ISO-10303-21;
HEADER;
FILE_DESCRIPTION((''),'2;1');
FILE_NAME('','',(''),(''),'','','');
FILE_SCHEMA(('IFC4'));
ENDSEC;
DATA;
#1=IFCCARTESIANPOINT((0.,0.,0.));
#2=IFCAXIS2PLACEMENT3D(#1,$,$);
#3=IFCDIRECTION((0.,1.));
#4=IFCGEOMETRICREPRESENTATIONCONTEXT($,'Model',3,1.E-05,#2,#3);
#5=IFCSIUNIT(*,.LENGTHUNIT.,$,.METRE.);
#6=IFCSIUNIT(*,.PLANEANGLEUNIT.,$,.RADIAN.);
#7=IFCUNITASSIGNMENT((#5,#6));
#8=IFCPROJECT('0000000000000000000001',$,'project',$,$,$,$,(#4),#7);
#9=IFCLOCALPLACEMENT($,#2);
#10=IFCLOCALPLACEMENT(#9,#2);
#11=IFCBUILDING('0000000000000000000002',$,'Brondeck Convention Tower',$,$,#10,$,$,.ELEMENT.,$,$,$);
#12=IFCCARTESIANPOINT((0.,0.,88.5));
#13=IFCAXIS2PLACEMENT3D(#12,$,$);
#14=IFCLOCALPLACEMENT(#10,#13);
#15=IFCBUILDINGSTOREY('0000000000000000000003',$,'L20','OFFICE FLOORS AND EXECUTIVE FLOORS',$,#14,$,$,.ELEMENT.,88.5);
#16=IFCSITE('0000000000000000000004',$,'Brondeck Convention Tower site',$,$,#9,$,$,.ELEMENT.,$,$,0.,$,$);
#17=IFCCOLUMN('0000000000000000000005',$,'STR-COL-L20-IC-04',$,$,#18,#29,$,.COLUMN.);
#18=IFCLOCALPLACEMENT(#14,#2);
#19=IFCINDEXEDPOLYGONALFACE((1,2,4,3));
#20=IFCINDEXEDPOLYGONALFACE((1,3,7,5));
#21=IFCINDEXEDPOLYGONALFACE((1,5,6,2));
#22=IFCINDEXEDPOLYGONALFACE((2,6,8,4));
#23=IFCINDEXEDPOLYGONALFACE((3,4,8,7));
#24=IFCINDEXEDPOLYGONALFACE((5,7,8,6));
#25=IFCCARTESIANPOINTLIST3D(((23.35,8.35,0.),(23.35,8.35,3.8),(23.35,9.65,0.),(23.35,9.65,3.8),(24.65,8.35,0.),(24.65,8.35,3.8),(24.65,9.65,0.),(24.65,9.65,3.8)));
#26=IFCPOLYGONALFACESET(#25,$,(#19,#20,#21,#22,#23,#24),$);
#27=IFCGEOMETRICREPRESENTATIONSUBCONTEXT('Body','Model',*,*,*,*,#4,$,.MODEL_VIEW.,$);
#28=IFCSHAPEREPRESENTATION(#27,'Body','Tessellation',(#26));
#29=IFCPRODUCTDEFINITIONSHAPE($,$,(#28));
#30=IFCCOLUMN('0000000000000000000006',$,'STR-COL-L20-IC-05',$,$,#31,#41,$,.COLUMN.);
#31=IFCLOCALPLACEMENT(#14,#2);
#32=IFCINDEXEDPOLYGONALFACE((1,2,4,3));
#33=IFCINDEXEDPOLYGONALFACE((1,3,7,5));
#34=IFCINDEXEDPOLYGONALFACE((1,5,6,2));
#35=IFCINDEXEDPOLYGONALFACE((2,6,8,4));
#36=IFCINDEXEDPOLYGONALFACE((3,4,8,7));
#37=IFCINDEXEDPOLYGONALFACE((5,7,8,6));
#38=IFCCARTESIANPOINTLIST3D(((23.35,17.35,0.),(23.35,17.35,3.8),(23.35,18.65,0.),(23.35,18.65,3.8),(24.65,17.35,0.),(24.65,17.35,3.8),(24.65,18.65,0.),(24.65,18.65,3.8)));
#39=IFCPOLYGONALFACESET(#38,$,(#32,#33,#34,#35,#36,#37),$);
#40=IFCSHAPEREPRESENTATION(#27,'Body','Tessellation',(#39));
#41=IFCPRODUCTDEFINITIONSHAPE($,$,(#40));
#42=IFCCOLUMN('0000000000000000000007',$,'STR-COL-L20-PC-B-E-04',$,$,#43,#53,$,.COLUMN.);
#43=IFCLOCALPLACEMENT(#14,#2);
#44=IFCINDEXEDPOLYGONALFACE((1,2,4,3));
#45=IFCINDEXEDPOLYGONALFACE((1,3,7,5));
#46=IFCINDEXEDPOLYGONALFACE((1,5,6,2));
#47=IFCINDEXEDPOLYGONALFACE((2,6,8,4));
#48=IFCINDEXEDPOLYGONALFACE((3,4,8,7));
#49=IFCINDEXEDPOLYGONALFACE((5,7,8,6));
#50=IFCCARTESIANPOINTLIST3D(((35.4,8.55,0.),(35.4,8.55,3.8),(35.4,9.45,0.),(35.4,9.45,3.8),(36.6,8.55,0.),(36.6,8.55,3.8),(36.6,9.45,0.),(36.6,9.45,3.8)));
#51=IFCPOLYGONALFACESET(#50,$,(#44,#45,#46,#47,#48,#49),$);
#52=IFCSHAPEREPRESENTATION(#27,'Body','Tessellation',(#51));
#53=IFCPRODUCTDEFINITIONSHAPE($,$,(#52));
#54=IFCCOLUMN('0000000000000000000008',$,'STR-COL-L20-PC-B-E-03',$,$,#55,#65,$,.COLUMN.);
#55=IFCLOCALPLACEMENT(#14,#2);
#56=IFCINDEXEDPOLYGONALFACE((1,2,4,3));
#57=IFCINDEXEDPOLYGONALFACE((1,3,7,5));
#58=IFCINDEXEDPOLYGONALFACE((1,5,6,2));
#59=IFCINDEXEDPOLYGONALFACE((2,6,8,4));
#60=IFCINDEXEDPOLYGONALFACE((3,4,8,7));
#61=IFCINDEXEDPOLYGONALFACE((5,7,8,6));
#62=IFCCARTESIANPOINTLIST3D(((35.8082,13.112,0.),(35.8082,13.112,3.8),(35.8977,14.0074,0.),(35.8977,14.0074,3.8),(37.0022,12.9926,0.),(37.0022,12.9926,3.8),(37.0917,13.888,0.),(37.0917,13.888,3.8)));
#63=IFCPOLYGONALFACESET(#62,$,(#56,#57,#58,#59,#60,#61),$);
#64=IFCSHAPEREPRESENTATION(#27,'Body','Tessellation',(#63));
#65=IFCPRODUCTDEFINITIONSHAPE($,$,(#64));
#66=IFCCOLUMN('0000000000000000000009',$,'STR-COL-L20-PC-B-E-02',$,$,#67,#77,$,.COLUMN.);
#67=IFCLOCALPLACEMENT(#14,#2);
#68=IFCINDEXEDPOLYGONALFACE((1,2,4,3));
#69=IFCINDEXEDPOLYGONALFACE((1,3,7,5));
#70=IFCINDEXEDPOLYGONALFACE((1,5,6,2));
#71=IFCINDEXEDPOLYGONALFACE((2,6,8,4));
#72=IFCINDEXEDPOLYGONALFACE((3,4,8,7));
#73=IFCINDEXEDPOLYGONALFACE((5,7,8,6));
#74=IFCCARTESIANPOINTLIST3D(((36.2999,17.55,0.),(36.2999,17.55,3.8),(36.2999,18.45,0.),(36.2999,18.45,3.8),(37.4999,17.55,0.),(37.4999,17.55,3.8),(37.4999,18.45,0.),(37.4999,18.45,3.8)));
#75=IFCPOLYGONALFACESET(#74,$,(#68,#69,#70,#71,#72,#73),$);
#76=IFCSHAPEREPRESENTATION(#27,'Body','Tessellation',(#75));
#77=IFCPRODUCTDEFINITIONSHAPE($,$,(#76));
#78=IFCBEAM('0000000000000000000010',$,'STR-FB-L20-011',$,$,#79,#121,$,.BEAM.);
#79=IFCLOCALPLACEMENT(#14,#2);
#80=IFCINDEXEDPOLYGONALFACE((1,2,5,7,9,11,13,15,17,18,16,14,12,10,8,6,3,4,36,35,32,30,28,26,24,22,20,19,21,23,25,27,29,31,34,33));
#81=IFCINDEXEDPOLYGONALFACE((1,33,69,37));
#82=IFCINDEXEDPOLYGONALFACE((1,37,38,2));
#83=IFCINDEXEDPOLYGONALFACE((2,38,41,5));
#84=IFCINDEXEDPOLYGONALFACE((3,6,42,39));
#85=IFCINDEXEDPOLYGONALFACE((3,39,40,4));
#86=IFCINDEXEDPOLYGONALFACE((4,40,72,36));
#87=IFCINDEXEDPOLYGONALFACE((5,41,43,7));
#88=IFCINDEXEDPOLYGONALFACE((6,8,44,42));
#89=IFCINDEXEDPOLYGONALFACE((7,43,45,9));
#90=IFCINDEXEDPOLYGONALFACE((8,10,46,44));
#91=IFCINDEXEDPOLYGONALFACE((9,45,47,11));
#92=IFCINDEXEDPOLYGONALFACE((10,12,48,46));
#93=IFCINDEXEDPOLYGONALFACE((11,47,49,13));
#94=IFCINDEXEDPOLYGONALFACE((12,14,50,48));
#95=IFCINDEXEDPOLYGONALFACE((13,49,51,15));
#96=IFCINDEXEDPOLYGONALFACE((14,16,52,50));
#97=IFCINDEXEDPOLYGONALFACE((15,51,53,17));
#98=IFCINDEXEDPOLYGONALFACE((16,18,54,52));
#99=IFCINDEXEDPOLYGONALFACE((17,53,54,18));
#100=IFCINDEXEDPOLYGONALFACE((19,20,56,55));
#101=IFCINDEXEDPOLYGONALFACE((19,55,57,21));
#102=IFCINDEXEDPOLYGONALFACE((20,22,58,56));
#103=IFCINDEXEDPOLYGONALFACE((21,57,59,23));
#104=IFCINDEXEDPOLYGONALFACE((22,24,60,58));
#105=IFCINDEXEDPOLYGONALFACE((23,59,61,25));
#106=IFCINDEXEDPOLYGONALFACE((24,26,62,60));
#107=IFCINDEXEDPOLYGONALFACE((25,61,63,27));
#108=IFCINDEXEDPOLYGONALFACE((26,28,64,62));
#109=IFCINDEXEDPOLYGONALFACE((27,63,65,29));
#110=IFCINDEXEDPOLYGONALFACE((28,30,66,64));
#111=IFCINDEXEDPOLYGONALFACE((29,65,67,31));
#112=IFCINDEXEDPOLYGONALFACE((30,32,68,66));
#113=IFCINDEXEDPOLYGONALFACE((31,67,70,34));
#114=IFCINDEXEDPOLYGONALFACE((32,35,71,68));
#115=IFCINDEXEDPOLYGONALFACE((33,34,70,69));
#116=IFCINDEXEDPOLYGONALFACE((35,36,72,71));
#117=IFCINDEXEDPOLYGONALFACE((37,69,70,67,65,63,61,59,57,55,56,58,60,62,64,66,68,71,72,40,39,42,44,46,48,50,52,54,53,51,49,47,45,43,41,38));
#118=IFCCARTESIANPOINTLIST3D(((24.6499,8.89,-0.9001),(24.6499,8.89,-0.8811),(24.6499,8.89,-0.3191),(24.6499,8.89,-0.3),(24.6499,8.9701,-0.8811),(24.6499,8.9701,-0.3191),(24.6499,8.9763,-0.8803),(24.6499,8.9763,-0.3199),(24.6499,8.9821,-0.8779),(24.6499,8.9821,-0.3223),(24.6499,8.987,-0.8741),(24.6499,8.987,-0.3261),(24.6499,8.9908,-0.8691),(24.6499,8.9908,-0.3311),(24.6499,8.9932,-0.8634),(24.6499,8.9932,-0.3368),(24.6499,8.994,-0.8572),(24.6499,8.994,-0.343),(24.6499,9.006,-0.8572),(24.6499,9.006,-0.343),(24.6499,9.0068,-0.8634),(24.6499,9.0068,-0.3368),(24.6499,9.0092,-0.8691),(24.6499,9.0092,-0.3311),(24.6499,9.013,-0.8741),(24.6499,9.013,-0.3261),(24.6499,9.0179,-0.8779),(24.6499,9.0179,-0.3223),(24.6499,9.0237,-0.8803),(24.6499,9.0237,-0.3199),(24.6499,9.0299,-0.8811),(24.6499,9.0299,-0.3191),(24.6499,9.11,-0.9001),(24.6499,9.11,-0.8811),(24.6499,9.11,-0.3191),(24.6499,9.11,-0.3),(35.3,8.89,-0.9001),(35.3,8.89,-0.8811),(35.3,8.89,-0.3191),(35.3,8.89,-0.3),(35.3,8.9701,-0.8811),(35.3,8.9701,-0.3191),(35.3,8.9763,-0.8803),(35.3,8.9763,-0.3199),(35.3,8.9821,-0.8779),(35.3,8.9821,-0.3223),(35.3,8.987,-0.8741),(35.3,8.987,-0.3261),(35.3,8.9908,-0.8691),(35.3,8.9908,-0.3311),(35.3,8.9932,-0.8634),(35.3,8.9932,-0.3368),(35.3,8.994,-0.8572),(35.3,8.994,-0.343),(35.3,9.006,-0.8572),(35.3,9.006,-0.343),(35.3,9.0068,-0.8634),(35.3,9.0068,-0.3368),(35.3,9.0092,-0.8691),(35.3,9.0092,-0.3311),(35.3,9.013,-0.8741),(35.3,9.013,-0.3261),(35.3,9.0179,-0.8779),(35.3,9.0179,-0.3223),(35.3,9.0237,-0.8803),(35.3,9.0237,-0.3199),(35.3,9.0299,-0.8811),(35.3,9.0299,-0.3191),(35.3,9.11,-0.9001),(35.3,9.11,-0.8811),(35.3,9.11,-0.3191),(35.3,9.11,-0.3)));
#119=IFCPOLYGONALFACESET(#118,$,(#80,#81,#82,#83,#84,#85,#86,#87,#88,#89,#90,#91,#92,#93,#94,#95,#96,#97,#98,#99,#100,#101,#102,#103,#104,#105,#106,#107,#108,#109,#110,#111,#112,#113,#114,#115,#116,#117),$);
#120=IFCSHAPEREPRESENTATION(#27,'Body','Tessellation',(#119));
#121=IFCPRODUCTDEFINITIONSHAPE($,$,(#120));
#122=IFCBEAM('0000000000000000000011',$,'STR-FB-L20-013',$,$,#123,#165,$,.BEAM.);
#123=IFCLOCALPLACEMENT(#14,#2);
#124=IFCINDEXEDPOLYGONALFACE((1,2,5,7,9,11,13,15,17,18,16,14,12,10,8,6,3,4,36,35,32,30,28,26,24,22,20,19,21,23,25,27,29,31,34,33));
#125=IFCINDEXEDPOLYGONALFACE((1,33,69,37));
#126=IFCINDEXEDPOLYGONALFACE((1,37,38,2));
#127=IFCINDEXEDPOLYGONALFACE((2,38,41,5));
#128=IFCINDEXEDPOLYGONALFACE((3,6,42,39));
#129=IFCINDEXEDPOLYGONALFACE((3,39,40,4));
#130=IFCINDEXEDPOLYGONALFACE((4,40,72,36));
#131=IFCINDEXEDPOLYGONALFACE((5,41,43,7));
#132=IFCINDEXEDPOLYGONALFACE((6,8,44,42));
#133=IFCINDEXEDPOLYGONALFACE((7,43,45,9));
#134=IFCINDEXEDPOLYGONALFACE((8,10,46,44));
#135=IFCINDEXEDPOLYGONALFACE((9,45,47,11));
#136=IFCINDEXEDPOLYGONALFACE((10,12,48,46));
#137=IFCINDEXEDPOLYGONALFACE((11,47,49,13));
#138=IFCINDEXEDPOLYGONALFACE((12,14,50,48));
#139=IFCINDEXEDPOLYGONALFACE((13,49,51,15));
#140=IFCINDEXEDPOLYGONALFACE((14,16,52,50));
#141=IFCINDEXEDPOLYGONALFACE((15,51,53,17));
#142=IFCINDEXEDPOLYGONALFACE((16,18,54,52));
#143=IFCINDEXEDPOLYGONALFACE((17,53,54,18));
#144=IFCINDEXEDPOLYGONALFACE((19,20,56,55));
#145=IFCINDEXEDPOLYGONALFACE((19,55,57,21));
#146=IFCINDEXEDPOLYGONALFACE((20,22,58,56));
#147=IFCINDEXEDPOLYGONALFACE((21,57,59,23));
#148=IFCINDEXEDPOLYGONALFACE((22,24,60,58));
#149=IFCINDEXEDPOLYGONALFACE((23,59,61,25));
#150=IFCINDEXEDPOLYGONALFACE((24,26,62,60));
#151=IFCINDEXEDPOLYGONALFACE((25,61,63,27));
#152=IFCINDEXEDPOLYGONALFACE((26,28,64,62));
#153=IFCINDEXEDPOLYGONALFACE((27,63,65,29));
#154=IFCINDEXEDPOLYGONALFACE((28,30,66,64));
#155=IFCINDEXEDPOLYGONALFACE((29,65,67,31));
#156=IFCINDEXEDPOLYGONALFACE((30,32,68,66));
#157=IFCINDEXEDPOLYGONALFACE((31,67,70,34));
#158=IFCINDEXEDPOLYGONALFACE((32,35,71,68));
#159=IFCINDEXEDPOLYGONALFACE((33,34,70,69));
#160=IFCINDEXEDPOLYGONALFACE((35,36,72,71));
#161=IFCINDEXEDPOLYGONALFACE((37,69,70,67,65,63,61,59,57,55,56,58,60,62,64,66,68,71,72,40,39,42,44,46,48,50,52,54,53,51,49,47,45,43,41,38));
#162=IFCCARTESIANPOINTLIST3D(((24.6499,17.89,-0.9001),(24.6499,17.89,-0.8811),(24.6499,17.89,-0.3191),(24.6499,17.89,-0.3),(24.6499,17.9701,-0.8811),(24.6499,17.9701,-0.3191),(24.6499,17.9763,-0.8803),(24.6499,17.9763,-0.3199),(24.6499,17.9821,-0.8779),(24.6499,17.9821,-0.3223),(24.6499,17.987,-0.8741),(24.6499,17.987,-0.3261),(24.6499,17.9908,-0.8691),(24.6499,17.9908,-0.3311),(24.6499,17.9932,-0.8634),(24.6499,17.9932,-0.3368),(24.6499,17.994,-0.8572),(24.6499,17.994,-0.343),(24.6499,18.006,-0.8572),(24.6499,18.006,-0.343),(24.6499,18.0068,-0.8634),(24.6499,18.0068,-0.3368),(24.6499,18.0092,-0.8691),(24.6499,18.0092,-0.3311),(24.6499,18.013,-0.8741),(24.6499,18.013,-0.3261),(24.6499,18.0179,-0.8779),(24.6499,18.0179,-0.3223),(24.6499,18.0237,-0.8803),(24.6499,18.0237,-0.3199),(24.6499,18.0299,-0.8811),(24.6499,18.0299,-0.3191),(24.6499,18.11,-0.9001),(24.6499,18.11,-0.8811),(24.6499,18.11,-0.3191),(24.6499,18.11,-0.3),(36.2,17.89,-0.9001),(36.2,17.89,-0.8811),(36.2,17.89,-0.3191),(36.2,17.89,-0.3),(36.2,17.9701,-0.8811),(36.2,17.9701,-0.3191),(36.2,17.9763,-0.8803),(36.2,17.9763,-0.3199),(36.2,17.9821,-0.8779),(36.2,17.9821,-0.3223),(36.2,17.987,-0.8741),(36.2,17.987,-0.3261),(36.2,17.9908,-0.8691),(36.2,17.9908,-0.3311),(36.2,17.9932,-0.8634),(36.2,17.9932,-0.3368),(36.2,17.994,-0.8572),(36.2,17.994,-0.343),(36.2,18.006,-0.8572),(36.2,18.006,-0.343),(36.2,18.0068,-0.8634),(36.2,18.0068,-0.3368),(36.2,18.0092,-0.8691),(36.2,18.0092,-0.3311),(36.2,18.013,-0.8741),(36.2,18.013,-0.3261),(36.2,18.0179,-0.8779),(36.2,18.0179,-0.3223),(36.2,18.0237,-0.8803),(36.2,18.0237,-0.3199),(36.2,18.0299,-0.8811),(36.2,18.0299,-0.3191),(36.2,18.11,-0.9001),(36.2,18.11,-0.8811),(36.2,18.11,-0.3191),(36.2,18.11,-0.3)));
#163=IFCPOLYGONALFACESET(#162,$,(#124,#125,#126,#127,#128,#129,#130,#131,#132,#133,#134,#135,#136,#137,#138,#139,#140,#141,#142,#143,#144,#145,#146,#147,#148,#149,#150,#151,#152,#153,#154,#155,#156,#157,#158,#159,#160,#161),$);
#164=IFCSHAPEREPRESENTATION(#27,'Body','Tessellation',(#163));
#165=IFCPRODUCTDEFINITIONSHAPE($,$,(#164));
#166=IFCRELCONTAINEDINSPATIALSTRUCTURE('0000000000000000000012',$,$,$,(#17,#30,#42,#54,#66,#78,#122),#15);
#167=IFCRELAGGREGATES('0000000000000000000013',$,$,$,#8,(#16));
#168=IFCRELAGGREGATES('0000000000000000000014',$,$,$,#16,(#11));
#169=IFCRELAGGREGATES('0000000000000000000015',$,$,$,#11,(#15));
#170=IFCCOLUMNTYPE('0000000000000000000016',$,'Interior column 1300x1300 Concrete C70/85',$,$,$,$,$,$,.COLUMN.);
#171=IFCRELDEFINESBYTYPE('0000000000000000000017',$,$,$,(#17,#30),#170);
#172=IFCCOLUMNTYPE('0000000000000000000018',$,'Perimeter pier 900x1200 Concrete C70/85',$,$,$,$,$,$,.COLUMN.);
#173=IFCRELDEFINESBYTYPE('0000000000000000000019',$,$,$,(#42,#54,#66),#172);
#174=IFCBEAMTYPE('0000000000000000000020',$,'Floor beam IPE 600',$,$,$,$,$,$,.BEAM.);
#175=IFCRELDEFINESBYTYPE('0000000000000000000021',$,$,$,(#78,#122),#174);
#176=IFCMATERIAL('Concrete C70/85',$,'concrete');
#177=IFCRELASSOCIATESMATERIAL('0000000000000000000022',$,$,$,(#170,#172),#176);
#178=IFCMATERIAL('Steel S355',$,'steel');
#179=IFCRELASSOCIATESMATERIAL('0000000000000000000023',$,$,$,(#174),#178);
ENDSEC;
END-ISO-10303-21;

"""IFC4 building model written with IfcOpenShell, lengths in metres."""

from ifc_helpers import new_model, si_unit, direction, frame, origin, origin_2d, place, context, subcontext, project, spatial, rectangle, i_section, extrude, material, material_profile, profile_set, type_object, element, save


model = new_model("IFC4")

# Units and contexts
model_context = context("Model", 3, precision=1e-05, world=origin(), true_north=direction((0.0, 1.0)))
body_context = subcontext(model_context, "Body", "Model", "MODEL_VIEW")
ifc_project = project(units=[si_unit("LENGTHUNIT", "METRE"), si_unit("PLANEANGLEUNIT", "RADIAN")], contexts=[model_context])

# Site, building, storey
site_placement = place(None, origin())
site = spatial("IfcSite", under=ifc_project, at=site_placement, Name="Brondeck Convention Tower site", CompositionType="ELEMENT", RefElevation=0.0)
building_placement = place(site_placement, origin())
building = spatial("IfcBuilding", under=site, at=building_placement, Name="Brondeck Convention Tower", CompositionType="ELEMENT")
storey_placement = place(building_placement, frame((0.0, 0.0, 88.5)))
storey = spatial("IfcBuildingStorey", under=building, at=storey_placement, Name="L20", Description="OFFICE FLOORS AND EXECUTIVE FLOORS", CompositionType="ELEMENT", Elevation=88.5)

# Columns
ifc_material_1 = material(Name="Concrete C70/85", Category="concrete")
ifc_material_profile_1 = material_profile(ifc_material_1, rectangle(XDim=1.3, YDim=1.3, at=origin_2d()), Name="Interior column 1300x1300 Concrete C70/85")
ifc_profile_set_1 = profile_set([ifc_material_profile_1], Name="Concrete C70/85")
column_type_1 = type_object("IfcColumnType", Name="Interior column 1300x1300 Concrete C70/85", PredefinedType="COLUMN", material=ifc_profile_set_1)
for number, where, z_axis, x_axis, name in (
    (1, (24.0, 9.0, 0.0), (0.0, 0.0, 1.0), (1.0, 0.0, 0.0), "STR-COL-L20-IC-04"),
    (2, (24.0, 18.0, 0.0), (0.0, 0.0, 1.0), (1.0, 0.0, 0.0), "STR-COL-L20-IC-05"),
):
    element("IfcColumn", number, at=place(storey_placement, frame(where, z_axis=z_axis, x_axis=x_axis)), inside=storey, type_object=column_type_1, Name=name, PredefinedType="COLUMN", context=body_context, shape_type="SweptSolid", body=[
        extrude(rectangle(XDim=1.3, YDim=1.3, at=origin_2d()), origin(), (0.0, 0.0, 1.0), 3.8),
    ])
ifc_material_profile_2 = material_profile(ifc_material_1, rectangle(XDim=0.8999, YDim=1.2, at=origin_2d()), Name="Perimeter pier 900x1200 Concrete C70/85")
ifc_profile_set_2 = profile_set([ifc_material_profile_2], Name="Concrete C70/85")
column_type_2 = type_object("IfcColumnType", Name="Perimeter pier 900x1200 Concrete C70/85", PredefinedType="COLUMN", material=ifc_profile_set_2)
for number, where, z_axis, x_axis, name in (
    (3, (36.0, 9.0, 0.0), (0.0, 0.0, 1.0), (0.0, 1.0, 0.0), "STR-COL-L20-PC-B-E-04"),
    (4, (36.45, 13.5, 0.0), (0.0, 0.0, 1.0), (0.099504, 0.995037, 0.0), "STR-COL-L20-PC-B-E-03"),
    (5, (36.8999, 18.0, 0.0), (0.0, 0.0, 1.0), (0.0, 1.0, 0.0), "STR-COL-L20-PC-B-E-02"),
):
    element("IfcColumn", number, at=place(storey_placement, frame(where, z_axis=z_axis, x_axis=x_axis)), inside=storey, type_object=column_type_2, Name=name, PredefinedType="COLUMN", context=body_context, shape_type="SweptSolid", body=[
        extrude(rectangle(XDim=0.8999, YDim=1.2, at=origin_2d()), origin(), (0.0, 0.0, 1.0), 3.8),
    ])

# Beams
ifc_material_2 = material(Name="Steel S355", Category="steel")
ifc_material_profile_3 = material_profile(ifc_material_2, i_section(OverallWidth=0.22, OverallDepth=0.6001, WebThickness=0.012, FlangeThickness=0.019, FilletRadius=0.0239, at=origin_2d()), Name="IPE 600")
ifc_profile_set_3 = profile_set([ifc_material_profile_3], Name="Steel S355")
beam_type_1 = type_object("IfcBeamType", Name="Floor beam IPE 600", PredefinedType="BEAM", material=ifc_profile_set_3)
beam_1_placement = place(storey_placement, frame((24.6499, 9.0, -0.6001), z_axis=(1.0, 0.0, 0.0), x_axis=(0.0, 1.0, 0.0)))
element("IfcBeam", 6, at=beam_1_placement, inside=storey, type_object=beam_type_1, Name="STR-FB-L20-011", PredefinedType="BEAM", context=body_context, shape_type="SweptSolid", body=[
    extrude(i_section(OverallWidth=0.22, OverallDepth=0.6001, WebThickness=0.012, FlangeThickness=0.019, FilletRadius=0.0239, at=origin_2d()), origin(), (0.0, 0.0, 1.0), 10.6501),
])
beam_2_placement = place(storey_placement, frame((24.6499, 18.0, -0.6001), z_axis=(1.0, 0.0, 0.0), x_axis=(0.0, 1.0, 0.0)))
element("IfcBeam", 7, at=beam_2_placement, inside=storey, type_object=beam_type_1, Name="STR-FB-L20-013", PredefinedType="BEAM", context=body_context, shape_type="SweptSolid", body=[
    extrude(i_section(OverallWidth=0.22, OverallDepth=0.6001, WebThickness=0.012, FlangeThickness=0.019, FilletRadius=0.0239, at=origin_2d()), origin(), (0.0, 0.0, 1.0), 11.55),
])

save(model, "model.ifc")
